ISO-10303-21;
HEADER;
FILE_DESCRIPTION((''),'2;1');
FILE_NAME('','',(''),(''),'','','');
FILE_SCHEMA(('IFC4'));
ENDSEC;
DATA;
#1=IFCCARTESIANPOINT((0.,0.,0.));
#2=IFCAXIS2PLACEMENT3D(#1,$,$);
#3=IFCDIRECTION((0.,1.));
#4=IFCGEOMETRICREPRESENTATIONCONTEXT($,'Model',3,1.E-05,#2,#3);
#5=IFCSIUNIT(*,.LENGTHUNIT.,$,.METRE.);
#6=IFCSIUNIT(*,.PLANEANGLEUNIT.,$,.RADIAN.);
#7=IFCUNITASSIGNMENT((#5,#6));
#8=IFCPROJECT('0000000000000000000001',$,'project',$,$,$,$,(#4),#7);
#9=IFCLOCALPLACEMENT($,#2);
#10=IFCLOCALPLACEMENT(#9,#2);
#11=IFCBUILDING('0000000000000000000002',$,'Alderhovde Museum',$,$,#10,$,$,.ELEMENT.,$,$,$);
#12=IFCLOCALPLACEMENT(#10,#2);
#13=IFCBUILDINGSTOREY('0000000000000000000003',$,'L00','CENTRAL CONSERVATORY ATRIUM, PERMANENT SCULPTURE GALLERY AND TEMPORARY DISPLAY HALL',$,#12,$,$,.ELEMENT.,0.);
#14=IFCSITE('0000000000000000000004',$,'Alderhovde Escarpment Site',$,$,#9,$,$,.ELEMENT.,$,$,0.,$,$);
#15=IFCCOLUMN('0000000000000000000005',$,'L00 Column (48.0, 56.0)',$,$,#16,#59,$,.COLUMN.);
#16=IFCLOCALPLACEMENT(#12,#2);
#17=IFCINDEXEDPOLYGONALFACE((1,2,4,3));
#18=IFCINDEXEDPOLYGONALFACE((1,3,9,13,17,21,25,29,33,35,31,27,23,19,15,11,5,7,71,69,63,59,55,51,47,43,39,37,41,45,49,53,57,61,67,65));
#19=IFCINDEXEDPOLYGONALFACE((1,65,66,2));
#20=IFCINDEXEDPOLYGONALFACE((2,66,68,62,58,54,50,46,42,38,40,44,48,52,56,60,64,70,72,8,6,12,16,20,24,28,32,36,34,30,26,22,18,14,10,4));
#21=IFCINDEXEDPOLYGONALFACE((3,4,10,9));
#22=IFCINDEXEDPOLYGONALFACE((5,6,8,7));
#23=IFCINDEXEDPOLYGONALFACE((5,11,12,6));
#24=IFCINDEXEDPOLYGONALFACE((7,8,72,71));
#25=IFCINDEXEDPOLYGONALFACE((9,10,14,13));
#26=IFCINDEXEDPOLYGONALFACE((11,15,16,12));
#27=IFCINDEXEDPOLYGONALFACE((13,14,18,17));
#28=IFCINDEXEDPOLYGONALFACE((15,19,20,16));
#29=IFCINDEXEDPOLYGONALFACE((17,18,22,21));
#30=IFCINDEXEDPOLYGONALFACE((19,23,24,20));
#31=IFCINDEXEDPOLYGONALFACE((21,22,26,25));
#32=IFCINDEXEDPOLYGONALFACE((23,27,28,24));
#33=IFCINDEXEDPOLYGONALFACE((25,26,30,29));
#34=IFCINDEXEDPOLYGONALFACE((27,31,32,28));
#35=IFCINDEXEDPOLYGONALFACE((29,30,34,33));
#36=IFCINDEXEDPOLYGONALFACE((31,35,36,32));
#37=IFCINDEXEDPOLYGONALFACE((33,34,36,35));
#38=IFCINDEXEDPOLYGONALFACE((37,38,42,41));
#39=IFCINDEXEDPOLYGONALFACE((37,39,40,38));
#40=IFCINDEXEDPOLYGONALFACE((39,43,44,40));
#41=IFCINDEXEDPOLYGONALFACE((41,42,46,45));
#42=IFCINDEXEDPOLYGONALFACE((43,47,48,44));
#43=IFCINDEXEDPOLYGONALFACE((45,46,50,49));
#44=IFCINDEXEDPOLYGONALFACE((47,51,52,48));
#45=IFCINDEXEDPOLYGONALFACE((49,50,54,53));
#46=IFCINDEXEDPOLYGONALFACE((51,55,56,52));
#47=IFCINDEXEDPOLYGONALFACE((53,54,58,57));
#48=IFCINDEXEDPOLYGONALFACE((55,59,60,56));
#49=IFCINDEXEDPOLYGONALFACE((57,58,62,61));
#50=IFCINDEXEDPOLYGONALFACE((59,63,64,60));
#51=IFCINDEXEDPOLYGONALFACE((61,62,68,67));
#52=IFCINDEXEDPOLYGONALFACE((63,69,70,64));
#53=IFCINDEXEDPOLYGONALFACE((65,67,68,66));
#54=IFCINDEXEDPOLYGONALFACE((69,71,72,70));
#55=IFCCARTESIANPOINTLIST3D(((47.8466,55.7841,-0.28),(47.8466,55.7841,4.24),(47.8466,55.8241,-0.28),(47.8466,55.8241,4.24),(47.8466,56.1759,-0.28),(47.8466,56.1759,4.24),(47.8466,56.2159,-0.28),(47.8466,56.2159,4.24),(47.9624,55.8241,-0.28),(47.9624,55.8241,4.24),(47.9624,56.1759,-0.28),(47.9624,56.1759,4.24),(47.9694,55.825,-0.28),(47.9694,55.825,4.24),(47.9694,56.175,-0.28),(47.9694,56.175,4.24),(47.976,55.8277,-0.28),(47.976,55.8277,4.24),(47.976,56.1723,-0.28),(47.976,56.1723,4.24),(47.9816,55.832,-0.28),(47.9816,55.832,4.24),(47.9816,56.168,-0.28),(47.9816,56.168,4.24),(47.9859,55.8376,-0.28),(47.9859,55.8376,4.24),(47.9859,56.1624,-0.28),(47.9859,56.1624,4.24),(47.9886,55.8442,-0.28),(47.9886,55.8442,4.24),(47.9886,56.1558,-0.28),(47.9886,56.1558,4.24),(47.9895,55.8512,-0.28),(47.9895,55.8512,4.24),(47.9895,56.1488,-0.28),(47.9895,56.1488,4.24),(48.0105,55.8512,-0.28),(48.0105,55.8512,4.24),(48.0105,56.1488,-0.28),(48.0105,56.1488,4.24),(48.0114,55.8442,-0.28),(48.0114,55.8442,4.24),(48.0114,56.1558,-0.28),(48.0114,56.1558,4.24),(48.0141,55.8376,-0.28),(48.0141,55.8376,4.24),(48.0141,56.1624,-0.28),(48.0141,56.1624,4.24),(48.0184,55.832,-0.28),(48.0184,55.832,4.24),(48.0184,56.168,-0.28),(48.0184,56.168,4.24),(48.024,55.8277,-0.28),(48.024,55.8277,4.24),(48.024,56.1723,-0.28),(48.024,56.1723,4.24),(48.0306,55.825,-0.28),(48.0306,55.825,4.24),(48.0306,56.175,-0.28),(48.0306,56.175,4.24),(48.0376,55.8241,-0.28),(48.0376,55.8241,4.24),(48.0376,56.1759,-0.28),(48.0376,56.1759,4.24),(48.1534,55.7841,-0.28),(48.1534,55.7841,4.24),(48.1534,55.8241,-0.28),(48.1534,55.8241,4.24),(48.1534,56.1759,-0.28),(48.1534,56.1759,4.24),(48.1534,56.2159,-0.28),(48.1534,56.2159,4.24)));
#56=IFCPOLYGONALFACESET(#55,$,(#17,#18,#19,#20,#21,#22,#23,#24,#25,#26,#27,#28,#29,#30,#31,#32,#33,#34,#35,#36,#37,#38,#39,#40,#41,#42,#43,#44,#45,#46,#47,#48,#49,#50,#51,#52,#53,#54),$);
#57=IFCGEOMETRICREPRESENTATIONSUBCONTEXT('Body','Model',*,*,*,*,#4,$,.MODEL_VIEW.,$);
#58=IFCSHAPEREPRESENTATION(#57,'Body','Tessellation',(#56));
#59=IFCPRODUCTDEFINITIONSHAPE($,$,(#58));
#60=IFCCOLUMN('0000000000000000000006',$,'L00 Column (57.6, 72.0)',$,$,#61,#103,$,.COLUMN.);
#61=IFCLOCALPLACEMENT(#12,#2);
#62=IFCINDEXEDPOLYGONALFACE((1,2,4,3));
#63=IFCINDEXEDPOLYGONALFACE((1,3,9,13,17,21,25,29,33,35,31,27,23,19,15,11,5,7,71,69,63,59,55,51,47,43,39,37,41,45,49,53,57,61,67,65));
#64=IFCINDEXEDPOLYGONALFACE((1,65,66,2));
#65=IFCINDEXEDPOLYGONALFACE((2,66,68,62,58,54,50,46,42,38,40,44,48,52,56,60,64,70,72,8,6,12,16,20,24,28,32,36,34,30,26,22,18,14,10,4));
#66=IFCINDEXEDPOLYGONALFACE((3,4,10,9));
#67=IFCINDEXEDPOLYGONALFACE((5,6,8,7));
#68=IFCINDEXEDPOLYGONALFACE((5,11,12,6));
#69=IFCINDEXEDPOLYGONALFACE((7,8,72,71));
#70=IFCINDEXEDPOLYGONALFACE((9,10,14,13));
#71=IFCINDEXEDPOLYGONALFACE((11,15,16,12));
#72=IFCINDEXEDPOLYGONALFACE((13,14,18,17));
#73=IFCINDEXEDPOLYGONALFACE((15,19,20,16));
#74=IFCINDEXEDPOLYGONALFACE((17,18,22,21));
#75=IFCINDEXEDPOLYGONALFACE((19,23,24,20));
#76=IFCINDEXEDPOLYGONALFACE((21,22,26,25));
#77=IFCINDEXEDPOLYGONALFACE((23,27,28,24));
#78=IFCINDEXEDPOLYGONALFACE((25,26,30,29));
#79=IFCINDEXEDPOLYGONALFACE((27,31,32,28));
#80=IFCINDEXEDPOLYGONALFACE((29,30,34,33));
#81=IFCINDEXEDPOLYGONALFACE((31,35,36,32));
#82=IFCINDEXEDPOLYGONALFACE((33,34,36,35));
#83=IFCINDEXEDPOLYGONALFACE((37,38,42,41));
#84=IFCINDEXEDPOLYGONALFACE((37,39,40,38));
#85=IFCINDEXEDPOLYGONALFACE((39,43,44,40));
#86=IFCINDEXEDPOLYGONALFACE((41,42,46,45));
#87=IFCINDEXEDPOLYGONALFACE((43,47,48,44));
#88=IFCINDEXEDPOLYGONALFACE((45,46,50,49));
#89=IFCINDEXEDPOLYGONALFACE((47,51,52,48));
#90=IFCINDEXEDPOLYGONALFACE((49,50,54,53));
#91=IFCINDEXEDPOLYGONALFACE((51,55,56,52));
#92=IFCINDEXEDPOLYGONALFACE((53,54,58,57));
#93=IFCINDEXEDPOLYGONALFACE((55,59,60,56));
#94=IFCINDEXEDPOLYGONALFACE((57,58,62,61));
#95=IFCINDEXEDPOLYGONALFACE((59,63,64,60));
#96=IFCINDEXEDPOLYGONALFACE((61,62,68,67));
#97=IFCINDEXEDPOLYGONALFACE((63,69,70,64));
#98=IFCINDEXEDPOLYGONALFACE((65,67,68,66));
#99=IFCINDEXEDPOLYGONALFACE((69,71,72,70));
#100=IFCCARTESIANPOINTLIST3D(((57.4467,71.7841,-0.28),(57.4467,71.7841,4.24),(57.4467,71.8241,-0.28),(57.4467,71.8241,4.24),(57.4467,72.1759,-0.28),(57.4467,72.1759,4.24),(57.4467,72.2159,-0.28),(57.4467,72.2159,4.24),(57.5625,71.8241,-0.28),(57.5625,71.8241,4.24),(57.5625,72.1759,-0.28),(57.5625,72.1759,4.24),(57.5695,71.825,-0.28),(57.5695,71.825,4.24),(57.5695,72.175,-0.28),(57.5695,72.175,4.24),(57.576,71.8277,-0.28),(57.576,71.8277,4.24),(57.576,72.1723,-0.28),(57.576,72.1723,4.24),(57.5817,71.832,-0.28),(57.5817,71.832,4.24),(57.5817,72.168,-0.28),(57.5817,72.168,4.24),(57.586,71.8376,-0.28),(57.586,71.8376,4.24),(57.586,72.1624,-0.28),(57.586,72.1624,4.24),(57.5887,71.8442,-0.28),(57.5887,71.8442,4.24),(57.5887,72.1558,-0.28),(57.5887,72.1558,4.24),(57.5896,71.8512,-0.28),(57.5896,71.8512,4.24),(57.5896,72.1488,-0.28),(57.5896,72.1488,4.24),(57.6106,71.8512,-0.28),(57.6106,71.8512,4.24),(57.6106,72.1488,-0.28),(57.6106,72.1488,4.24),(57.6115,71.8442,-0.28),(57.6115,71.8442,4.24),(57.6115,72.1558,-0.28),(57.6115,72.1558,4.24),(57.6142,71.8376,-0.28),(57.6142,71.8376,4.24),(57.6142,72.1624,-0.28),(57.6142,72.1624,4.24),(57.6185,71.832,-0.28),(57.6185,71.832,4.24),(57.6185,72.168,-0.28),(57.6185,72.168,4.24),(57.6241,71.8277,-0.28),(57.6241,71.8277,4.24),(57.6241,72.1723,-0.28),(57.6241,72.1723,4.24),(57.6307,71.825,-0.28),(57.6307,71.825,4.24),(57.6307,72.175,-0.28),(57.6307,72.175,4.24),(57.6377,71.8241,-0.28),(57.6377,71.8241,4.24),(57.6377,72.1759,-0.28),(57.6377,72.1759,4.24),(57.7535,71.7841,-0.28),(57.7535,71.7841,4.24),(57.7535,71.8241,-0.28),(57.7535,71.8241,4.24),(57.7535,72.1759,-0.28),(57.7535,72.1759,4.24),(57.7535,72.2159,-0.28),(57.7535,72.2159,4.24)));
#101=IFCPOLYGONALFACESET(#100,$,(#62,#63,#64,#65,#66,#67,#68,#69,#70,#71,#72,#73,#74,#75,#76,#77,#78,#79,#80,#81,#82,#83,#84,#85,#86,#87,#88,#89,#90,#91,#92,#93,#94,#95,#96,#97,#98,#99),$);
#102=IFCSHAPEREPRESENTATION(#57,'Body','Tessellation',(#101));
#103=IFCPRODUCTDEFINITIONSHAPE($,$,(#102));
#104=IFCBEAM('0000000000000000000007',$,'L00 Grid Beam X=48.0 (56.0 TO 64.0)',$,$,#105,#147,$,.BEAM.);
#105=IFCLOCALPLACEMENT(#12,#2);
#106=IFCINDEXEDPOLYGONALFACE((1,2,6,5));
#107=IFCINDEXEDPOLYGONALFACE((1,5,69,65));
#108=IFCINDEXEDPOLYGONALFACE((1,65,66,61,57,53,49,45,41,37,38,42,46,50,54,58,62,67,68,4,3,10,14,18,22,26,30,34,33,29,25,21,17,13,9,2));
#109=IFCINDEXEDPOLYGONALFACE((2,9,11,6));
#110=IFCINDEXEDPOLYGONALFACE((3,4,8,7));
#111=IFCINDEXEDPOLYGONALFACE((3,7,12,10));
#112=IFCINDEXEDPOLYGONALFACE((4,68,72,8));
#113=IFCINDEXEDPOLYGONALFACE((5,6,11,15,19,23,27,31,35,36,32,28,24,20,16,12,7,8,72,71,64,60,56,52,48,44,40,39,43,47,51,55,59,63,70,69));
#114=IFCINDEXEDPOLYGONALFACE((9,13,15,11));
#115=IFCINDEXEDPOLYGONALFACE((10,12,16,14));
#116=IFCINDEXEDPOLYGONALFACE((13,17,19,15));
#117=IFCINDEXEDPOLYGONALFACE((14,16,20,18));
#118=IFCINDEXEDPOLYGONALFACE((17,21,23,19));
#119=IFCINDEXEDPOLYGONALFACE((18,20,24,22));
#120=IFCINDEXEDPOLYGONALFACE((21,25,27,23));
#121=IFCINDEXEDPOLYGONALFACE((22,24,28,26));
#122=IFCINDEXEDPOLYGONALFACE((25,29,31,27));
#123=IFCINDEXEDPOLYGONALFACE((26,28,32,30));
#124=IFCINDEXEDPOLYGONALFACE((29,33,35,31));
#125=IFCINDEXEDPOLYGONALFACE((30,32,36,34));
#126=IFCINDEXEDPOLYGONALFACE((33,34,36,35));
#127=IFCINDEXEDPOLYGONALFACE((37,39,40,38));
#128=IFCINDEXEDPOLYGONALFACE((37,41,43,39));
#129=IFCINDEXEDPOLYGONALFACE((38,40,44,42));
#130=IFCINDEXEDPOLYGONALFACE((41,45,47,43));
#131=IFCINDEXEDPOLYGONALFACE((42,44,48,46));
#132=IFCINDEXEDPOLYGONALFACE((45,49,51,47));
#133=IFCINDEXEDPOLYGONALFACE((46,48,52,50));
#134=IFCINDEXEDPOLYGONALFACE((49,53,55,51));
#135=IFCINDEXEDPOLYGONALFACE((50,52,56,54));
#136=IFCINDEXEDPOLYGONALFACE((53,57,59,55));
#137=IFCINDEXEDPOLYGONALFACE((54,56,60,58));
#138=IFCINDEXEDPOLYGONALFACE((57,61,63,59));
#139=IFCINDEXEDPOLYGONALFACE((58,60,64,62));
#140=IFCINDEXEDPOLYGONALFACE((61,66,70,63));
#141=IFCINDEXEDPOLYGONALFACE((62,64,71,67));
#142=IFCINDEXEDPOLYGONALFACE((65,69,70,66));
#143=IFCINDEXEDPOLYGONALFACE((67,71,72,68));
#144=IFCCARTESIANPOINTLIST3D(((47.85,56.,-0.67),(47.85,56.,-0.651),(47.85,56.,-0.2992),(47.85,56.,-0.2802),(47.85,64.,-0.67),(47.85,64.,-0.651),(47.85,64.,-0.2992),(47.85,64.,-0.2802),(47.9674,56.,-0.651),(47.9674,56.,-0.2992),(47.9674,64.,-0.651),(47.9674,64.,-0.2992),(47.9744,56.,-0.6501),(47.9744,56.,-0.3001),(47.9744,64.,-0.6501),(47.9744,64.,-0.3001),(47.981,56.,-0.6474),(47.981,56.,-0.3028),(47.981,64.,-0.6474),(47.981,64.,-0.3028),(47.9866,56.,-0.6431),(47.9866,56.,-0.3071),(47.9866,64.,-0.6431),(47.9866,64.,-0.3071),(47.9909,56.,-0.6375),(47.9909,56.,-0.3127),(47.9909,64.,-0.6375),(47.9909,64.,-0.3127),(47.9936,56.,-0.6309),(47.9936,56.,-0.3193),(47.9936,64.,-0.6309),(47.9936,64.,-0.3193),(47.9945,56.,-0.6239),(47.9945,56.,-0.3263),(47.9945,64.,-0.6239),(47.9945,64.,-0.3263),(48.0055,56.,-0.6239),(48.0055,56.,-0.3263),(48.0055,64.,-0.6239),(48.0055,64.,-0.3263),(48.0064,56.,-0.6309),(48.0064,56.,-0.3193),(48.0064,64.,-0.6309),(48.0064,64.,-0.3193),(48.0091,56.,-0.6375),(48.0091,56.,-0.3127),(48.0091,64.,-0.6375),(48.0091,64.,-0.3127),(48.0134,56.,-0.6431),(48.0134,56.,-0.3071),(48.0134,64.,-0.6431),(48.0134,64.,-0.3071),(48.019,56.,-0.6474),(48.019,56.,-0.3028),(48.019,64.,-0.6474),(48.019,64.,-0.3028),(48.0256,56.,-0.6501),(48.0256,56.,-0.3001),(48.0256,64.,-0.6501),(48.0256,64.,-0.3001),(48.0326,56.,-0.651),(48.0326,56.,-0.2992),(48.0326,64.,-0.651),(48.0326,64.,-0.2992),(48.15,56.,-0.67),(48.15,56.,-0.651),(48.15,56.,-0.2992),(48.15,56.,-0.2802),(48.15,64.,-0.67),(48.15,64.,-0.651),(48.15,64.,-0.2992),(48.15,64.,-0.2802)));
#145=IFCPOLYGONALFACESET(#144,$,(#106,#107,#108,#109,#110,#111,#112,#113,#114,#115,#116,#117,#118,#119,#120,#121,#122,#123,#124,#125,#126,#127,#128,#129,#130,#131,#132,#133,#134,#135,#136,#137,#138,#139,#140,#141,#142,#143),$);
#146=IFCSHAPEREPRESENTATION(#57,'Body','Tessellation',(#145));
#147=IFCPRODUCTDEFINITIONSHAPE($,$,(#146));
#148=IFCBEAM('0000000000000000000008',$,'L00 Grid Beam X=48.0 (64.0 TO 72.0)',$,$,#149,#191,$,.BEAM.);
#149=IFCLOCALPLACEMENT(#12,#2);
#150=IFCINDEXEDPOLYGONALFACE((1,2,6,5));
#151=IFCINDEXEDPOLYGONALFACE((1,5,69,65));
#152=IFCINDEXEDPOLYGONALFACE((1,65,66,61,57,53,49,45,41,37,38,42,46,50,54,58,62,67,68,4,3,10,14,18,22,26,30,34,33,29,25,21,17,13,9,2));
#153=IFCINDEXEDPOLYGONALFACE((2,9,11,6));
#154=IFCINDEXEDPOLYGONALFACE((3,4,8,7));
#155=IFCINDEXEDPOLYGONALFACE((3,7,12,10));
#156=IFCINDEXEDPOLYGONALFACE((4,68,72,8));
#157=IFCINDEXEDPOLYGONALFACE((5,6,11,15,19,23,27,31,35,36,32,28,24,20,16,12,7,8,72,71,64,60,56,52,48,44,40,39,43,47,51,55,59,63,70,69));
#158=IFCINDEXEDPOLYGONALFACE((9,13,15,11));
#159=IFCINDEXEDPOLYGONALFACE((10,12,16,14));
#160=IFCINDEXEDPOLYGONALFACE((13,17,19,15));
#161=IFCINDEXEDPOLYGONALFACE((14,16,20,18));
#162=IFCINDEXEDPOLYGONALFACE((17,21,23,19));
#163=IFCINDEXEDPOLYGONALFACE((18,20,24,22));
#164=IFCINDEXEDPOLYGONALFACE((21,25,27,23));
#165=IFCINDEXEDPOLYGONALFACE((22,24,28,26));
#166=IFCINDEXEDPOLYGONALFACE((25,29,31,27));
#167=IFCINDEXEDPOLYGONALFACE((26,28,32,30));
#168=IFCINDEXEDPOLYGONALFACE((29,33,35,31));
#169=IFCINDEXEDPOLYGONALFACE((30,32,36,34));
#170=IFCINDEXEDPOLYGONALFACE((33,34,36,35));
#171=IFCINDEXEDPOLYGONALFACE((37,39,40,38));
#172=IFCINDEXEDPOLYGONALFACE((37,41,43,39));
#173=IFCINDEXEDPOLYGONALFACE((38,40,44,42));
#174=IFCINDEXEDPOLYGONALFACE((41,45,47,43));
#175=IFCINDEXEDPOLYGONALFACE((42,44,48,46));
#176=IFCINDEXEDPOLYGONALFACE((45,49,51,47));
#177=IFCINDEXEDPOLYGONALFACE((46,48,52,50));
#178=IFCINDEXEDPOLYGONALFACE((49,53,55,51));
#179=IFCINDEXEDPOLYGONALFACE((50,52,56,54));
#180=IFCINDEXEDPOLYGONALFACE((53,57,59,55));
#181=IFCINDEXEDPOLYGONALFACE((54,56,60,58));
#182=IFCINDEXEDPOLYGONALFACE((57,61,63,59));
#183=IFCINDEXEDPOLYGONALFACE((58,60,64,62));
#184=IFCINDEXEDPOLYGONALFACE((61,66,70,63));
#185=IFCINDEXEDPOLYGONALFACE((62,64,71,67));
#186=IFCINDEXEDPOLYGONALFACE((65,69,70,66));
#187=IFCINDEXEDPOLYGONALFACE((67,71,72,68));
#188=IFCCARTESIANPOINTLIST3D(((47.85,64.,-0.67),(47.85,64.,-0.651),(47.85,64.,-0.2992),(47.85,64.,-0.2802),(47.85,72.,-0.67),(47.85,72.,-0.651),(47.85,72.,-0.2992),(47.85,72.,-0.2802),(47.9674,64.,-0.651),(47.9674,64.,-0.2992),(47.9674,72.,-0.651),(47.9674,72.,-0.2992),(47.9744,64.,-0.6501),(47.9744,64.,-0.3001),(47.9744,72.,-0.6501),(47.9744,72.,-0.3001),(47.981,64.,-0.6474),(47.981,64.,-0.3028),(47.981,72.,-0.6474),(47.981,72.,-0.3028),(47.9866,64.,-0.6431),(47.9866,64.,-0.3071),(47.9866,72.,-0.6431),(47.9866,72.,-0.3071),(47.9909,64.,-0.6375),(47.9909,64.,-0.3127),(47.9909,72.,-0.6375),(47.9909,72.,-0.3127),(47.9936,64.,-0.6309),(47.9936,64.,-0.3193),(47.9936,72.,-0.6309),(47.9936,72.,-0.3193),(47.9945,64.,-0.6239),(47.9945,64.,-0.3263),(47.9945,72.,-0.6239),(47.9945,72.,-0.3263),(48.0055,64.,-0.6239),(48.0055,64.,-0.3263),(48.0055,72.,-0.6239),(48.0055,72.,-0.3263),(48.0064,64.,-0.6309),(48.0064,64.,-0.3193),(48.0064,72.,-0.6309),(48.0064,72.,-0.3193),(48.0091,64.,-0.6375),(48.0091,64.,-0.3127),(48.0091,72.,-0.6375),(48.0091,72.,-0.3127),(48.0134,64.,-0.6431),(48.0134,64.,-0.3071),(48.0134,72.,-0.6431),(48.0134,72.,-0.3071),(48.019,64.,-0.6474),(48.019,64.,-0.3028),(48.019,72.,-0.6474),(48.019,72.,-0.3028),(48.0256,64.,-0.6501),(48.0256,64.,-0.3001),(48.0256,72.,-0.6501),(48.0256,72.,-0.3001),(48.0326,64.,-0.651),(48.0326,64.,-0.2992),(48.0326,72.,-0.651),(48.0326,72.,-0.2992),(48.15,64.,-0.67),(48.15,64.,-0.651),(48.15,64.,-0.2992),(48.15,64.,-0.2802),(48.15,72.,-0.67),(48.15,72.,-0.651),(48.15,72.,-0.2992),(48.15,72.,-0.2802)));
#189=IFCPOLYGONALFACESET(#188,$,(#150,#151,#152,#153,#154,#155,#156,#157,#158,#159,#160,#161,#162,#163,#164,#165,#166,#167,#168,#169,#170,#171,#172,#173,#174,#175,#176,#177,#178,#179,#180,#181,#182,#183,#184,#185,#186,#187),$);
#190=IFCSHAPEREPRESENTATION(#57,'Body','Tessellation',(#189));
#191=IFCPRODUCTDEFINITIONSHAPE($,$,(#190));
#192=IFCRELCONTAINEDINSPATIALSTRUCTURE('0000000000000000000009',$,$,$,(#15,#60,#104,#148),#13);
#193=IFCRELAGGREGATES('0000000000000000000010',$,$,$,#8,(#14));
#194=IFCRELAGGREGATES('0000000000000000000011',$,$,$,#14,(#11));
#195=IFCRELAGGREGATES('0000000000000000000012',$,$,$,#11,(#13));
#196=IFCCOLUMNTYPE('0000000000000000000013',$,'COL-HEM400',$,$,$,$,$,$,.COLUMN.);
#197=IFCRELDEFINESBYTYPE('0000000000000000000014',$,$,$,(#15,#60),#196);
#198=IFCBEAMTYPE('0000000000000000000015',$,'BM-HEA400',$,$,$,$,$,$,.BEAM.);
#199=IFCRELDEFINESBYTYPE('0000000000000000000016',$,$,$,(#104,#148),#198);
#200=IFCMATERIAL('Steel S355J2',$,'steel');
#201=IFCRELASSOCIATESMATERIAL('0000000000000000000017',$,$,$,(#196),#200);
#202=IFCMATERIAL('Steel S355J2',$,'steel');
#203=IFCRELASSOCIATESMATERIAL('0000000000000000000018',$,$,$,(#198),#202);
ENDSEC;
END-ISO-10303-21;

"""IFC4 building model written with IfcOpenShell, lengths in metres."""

from ifc_helpers import new_model, si_unit, direction, frame, origin, origin_2d, place, context, subcontext, project, spatial, i_section, extrude, material, material_profile, profile_set, type_object, element, save


model = new_model("IFC4")

# Units and contexts
model_context = context("Model", 3, precision=1e-05, world=origin(), true_north=direction((0.0, 1.0)))
body_context = subcontext(model_context, "Body", "Model", "MODEL_VIEW")
ifc_project = project(units=[si_unit("LENGTHUNIT", "METRE"), si_unit("PLANEANGLEUNIT", "RADIAN")], contexts=[model_context])

# Site, building, storey
site_placement = place(None, origin())
site = spatial("IfcSite", under=ifc_project, at=site_placement, Name="Alderhovde Escarpment Site", CompositionType="ELEMENT", RefElevation=0.0)
building_placement = place(site_placement, origin())
building = spatial("IfcBuilding", under=site, at=building_placement, Name="Alderhovde Museum", CompositionType="ELEMENT")
storey_placement = place(building_placement, origin())
storey = spatial("IfcBuildingStorey", under=building, at=storey_placement, Name="L00", Description="CENTRAL CONSERVATORY ATRIUM, PERMANENT SCULPTURE GALLERY AND TEMPORARY DISPLAY HALL", CompositionType="ELEMENT", Elevation=0.0)

# Columns
ifc_material_1 = material(Name="Steel S355J2", Category="steel")
ifc_material_profile_1 = material_profile(ifc_material_1, i_section(OverallWidth=0.3069, OverallDepth=0.4319, WebThickness=0.021, FlangeThickness=0.04, FilletRadius=0.0271, at=origin_2d()), Name="HEM 400")
ifc_profile_set_1 = profile_set([ifc_material_profile_1], Name="Steel S355J2")
column_type_1 = type_object("IfcColumnType", Name="COL-HEM400", PredefinedType="COLUMN", material=ifc_profile_set_1)
for number, where, z_axis, x_axis, name in (
    (1, (48.0, 56.0, -0.28), (0.0, 0.0, 1.0), (1.0, 0.0, 0.0), "L00 Column (48.0, 56.0)"),
    (2, (57.6001, 72.0, -0.28), (0.0, 0.0, 1.0), (1.0, 0.0, 0.0), "L00 Column (57.6, 72.0)"),
):
    element("IfcColumn", number, at=place(storey_placement, frame(where, z_axis=z_axis, x_axis=x_axis)), inside=storey, type_object=column_type_1, Name=name, PredefinedType="COLUMN", context=body_context, shape_type="SweptSolid", body=[
        extrude(i_section(OverallWidth=0.3069, OverallDepth=0.4319, WebThickness=0.021, FlangeThickness=0.04, FilletRadius=0.0271, at=origin_2d()), origin(), (0.0, 0.0, 1.0), 4.52),
    ])

# Beams
ifc_material_2 = material(Name="Steel S355J2", Category="steel")
ifc_material_profile_2 = material_profile(ifc_material_2, i_section(OverallWidth=0.3, OverallDepth=0.3899, WebThickness=0.011, FlangeThickness=0.019, FilletRadius=0.0271, at=origin_2d()), Name="HEA 400")
ifc_profile_set_2 = profile_set([ifc_material_profile_2], Name="Steel S355J2")
beam_type_1 = type_object("IfcBeamType", Name="BM-HEA400", PredefinedType="BEAM", material=ifc_profile_set_2)
for number, where, z_axis, x_axis, name in (
    (3, (48.0, 56.0, -0.4751), (0.0, 1.0, 0.0), (-1.0, 0.0, 0.0), "L00 Grid Beam X=48.0 (56.0 TO 64.0)"),
    (4, (48.0, 64.0, -0.4751), (0.0, 1.0, 0.0), (-1.0, 0.0, 0.0), "L00 Grid Beam X=48.0 (64.0 TO 72.0)"),
):
    element("IfcBeam", number, at=place(storey_placement, frame(where, z_axis=z_axis, x_axis=x_axis)), inside=storey, type_object=beam_type_1, Name=name, PredefinedType="BEAM", context=body_context, shape_type="SweptSolid", body=[
        extrude(i_section(OverallWidth=0.3, OverallDepth=0.3899, WebThickness=0.011, FlangeThickness=0.019, FilletRadius=0.0271, at=origin_2d()), origin(), (0.0, 0.0, 1.0), 8.0),
    ])

save(model, "model.ifc")
